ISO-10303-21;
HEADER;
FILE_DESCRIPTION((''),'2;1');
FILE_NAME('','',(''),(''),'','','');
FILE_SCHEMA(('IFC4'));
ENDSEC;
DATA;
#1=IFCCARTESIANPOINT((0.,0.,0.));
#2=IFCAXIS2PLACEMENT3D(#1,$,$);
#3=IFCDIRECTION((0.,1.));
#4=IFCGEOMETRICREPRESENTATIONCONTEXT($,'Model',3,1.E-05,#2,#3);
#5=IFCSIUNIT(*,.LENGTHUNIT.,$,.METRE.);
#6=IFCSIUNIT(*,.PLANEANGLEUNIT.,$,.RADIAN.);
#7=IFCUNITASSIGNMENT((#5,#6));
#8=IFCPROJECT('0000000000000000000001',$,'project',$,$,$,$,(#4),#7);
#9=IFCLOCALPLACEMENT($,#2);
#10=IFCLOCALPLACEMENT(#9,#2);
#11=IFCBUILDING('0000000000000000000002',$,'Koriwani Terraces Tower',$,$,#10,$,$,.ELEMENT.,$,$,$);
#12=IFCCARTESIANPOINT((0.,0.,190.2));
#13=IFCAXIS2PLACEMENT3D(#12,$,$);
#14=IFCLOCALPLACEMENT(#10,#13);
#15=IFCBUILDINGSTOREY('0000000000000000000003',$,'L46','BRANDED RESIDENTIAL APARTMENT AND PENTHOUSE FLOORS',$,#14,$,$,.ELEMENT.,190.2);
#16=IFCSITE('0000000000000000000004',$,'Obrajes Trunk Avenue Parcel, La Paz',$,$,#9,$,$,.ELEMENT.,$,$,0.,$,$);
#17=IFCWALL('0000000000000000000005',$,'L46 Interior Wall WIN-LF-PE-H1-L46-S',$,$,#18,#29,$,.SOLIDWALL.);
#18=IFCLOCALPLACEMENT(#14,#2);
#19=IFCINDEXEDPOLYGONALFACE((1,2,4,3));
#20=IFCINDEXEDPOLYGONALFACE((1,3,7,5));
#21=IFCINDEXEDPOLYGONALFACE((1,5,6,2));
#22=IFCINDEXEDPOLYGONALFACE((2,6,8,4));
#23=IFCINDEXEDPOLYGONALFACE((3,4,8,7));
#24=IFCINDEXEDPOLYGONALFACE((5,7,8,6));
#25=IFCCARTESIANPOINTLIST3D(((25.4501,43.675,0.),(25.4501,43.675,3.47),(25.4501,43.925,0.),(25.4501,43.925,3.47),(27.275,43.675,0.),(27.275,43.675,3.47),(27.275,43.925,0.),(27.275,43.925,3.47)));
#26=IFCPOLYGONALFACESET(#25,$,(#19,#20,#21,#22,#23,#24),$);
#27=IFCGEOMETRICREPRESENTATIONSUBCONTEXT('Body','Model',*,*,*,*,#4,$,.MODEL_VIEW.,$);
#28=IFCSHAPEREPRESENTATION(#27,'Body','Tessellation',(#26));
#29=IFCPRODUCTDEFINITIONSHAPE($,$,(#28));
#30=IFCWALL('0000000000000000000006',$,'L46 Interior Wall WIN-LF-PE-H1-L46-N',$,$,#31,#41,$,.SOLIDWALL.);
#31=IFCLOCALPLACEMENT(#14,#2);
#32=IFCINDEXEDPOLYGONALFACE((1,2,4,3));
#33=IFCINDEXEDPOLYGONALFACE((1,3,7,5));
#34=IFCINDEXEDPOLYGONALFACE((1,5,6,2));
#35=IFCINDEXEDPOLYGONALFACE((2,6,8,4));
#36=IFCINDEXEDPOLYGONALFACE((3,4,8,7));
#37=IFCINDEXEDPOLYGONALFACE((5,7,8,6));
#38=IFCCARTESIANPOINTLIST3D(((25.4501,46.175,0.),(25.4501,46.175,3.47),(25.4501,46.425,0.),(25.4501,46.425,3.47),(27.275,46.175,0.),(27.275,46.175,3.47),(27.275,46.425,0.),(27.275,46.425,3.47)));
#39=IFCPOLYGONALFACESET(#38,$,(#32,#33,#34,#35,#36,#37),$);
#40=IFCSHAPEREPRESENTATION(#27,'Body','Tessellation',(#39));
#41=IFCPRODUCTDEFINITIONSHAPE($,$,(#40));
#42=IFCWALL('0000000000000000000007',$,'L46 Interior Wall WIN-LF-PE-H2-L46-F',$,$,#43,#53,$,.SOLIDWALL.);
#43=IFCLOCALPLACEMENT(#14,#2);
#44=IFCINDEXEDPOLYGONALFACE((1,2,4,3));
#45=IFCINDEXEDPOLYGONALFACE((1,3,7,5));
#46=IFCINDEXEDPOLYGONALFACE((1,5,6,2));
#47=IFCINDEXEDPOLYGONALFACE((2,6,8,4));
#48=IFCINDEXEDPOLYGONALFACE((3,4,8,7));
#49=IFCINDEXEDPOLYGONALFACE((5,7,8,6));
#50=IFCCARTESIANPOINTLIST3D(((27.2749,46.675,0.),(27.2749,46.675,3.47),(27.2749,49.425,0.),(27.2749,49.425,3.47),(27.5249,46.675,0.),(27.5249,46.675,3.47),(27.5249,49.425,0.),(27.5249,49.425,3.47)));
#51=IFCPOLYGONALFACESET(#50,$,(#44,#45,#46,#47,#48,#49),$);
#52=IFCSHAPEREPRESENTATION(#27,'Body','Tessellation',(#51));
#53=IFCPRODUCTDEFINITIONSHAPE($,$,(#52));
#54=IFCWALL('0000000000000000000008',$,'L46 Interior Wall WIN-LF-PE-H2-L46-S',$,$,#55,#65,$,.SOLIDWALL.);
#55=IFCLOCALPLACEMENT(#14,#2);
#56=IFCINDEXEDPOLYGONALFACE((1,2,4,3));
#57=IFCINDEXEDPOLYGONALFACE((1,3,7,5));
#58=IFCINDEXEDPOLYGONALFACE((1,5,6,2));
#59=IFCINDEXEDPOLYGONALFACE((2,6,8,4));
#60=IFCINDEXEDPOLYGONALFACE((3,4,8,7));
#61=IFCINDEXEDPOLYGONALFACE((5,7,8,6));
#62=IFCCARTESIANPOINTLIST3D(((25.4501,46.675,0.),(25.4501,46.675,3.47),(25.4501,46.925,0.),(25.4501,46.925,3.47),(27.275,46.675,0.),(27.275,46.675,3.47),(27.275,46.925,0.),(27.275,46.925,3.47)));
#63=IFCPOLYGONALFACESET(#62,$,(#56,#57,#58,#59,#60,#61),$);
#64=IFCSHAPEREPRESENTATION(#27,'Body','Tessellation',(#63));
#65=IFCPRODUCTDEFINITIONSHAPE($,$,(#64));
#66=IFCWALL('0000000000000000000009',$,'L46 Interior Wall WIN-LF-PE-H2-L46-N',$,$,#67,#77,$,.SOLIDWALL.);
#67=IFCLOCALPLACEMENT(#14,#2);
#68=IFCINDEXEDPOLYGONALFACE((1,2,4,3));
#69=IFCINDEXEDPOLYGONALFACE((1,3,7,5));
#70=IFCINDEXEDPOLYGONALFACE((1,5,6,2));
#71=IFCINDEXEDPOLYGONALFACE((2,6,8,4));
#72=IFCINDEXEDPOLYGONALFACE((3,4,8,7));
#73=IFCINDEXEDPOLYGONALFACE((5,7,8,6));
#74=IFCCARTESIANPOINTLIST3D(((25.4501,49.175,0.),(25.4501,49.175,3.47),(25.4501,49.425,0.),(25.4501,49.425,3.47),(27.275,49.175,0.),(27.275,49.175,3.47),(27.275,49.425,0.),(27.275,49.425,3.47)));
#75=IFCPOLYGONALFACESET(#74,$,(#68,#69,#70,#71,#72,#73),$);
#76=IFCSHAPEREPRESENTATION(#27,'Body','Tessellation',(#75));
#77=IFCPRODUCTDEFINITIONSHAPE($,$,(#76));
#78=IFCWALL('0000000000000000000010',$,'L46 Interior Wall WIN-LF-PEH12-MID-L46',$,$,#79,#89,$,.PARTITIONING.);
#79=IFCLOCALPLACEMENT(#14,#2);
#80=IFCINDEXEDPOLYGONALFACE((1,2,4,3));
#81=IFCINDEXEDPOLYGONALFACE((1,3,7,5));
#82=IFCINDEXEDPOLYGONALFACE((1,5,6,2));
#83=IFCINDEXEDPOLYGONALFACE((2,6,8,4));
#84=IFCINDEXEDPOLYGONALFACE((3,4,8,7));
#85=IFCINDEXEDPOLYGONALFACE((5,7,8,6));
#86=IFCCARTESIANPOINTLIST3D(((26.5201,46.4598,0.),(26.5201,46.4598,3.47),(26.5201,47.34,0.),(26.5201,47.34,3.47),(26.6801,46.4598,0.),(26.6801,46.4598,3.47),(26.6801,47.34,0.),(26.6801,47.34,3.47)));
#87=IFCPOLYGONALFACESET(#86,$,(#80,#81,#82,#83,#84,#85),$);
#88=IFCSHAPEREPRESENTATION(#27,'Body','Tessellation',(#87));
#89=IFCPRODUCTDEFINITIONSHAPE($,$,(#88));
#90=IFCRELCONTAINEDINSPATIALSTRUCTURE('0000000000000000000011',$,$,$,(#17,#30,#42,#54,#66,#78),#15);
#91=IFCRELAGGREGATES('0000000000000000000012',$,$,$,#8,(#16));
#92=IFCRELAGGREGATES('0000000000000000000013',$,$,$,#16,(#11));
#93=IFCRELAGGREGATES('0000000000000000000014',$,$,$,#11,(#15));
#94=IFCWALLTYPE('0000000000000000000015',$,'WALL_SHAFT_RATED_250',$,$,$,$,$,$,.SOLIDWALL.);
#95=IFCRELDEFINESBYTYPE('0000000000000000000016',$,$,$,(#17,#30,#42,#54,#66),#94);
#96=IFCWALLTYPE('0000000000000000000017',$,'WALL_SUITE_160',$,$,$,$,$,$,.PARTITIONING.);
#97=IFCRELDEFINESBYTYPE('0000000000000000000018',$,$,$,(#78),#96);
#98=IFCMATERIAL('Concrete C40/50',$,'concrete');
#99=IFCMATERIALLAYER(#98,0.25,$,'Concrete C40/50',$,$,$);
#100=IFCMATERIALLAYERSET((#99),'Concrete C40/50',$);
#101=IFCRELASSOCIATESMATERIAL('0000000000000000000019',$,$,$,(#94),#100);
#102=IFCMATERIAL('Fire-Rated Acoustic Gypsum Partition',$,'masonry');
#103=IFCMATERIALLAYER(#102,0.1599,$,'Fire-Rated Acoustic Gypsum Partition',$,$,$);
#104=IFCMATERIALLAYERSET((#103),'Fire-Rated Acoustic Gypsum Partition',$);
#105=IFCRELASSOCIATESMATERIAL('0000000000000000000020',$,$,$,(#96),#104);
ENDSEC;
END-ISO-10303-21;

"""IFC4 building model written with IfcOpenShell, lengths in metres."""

from ifc_helpers import new_model, si_unit, direction, frame, frame_2d, origin, place, context, subcontext, project, spatial, rectangle, extrude, material, layer, layer_set, type_object, element, save


model = new_model("IFC4")

# Units and contexts
model_context = context("Model", 3, precision=1e-05, world=origin(), true_north=direction((0.0, 1.0)))
body_context = subcontext(model_context, "Body", "Model", "MODEL_VIEW")
ifc_project = project(units=[si_unit("LENGTHUNIT", "METRE"), si_unit("PLANEANGLEUNIT", "RADIAN")], contexts=[model_context])

# Site, building, storey
site_placement = place(None, origin())
site = spatial("IfcSite", under=ifc_project, at=site_placement, Name="Obrajes Trunk Avenue Parcel, La Paz", CompositionType="ELEMENT", RefElevation=0.0)
building_placement = place(site_placement, origin())
building = spatial("IfcBuilding", under=site, at=building_placement, Name="Koriwani Terraces Tower", CompositionType="ELEMENT")
storey_placement = place(building_placement, frame((0.0, 0.0, 190.2)))
storey = spatial("IfcBuildingStorey", under=building, at=storey_placement, Name="L46", Description="BRANDED RESIDENTIAL APARTMENT AND PENTHOUSE FLOORS", CompositionType="ELEMENT", Elevation=190.2)

# Walls
ifc_material_1 = material(Name="Concrete C40/50", Category="concrete")
ifc_layer_1 = layer(ifc_material_1, 0.25, Name="Concrete C40/50")
ifc_layer_set_1 = layer_set([ifc_layer_1], Name="Concrete C40/50")
wall_type_1 = type_object("IfcWallType", Name="WALL_SHAFT_RATED_250", PredefinedType="SOLIDWALL", material=ifc_layer_set_1)
for number, where, z_axis, x_axis, name in (
    (1, (25.45, 43.8, 0.0), (0.0, 0.0, 1.0), (1.0, 0.0, 0.0), "L46 Interior Wall WIN-LF-PE-H1-L46-S"),
    (2, (25.45, 46.3, 0.0), (0.0, 0.0, 1.0), (1.0, 0.0, 0.0), "L46 Interior Wall WIN-LF-PE-H1-L46-N"),
):
    element("IfcWall", number, at=place(storey_placement, frame(where, z_axis=z_axis, x_axis=x_axis)), inside=storey, type_object=wall_type_1, Name=name, PredefinedType="SOLIDWALL", context=body_context, shape_type="SweptSolid", body=[
        extrude(rectangle(XDim=1.825, YDim=0.25, at=frame_2d((0.9126, 0.0))), origin(), (0.0, 0.0, 1.0), 3.47),
    ])
wall_1_placement = place(storey_placement, frame((27.3999, 46.675, 0.0), z_axis=(0.0, 0.0, 1.0), x_axis=(0.0, 1.0, 0.0)))
element("IfcWall", 3, at=wall_1_placement, inside=storey, type_object=wall_type_1, Name="L46 Interior Wall WIN-LF-PE-H2-L46-F", PredefinedType="SOLIDWALL", context=body_context, shape_type="SweptSolid", body=[
    extrude(rectangle(XDim=2.75, YDim=0.25, at=frame_2d((1.375, 0.0))), origin(), (0.0, 0.0, 1.0), 3.47),
])
for number, where, z_axis, x_axis, name in (
    (4, (25.45, 46.8, 0.0), (0.0, 0.0, 1.0), (1.0, 0.0, 0.0), "L46 Interior Wall WIN-LF-PE-H2-L46-S"),
    (5, (25.45, 49.3, 0.0), (0.0, 0.0, 1.0), (1.0, 0.0, 0.0), "L46 Interior Wall WIN-LF-PE-H2-L46-N"),
):
    element("IfcWall", number, at=place(storey_placement, frame(where, z_axis=z_axis, x_axis=x_axis)), inside=storey, type_object=wall_type_1, Name=name, PredefinedType="SOLIDWALL", context=body_context, shape_type="SweptSolid", body=[
        extrude(rectangle(XDim=1.825, YDim=0.25, at=frame_2d((0.9126, 0.0))), origin(), (0.0, 0.0, 1.0), 3.47),
    ])
ifc_material_2 = material(Name="Fire-Rated Acoustic Gypsum Partition", Category="masonry")
ifc_layer_2 = layer(ifc_material_2, 0.1599, Name="Fire-Rated Acoustic Gypsum Partition")
ifc_layer_set_2 = layer_set([ifc_layer_2], Name="Fire-Rated Acoustic Gypsum Partition")
wall_type_2 = type_object("IfcWallType", Name="WALL_SUITE_160", PredefinedType="PARTITIONING", material=ifc_layer_set_2)
wall_2_placement = place(storey_placement, frame((26.6001, 46.46, 0.0), z_axis=(0.0, 0.0, 1.0), x_axis=(0.0, 1.0, 0.0)))
element("IfcWall", 6, at=wall_2_placement, inside=storey, type_object=wall_type_2, Name="L46 Interior Wall WIN-LF-PEH12-MID-L46", PredefinedType="PARTITIONING", context=body_context, shape_type="SweptSolid", body=[
    extrude(rectangle(XDim=0.8801, YDim=0.1599, at=frame_2d((0.4399, 0.0))), origin(), (0.0, 0.0, 1.0), 3.47),
])

save(model, "model.ifc")
